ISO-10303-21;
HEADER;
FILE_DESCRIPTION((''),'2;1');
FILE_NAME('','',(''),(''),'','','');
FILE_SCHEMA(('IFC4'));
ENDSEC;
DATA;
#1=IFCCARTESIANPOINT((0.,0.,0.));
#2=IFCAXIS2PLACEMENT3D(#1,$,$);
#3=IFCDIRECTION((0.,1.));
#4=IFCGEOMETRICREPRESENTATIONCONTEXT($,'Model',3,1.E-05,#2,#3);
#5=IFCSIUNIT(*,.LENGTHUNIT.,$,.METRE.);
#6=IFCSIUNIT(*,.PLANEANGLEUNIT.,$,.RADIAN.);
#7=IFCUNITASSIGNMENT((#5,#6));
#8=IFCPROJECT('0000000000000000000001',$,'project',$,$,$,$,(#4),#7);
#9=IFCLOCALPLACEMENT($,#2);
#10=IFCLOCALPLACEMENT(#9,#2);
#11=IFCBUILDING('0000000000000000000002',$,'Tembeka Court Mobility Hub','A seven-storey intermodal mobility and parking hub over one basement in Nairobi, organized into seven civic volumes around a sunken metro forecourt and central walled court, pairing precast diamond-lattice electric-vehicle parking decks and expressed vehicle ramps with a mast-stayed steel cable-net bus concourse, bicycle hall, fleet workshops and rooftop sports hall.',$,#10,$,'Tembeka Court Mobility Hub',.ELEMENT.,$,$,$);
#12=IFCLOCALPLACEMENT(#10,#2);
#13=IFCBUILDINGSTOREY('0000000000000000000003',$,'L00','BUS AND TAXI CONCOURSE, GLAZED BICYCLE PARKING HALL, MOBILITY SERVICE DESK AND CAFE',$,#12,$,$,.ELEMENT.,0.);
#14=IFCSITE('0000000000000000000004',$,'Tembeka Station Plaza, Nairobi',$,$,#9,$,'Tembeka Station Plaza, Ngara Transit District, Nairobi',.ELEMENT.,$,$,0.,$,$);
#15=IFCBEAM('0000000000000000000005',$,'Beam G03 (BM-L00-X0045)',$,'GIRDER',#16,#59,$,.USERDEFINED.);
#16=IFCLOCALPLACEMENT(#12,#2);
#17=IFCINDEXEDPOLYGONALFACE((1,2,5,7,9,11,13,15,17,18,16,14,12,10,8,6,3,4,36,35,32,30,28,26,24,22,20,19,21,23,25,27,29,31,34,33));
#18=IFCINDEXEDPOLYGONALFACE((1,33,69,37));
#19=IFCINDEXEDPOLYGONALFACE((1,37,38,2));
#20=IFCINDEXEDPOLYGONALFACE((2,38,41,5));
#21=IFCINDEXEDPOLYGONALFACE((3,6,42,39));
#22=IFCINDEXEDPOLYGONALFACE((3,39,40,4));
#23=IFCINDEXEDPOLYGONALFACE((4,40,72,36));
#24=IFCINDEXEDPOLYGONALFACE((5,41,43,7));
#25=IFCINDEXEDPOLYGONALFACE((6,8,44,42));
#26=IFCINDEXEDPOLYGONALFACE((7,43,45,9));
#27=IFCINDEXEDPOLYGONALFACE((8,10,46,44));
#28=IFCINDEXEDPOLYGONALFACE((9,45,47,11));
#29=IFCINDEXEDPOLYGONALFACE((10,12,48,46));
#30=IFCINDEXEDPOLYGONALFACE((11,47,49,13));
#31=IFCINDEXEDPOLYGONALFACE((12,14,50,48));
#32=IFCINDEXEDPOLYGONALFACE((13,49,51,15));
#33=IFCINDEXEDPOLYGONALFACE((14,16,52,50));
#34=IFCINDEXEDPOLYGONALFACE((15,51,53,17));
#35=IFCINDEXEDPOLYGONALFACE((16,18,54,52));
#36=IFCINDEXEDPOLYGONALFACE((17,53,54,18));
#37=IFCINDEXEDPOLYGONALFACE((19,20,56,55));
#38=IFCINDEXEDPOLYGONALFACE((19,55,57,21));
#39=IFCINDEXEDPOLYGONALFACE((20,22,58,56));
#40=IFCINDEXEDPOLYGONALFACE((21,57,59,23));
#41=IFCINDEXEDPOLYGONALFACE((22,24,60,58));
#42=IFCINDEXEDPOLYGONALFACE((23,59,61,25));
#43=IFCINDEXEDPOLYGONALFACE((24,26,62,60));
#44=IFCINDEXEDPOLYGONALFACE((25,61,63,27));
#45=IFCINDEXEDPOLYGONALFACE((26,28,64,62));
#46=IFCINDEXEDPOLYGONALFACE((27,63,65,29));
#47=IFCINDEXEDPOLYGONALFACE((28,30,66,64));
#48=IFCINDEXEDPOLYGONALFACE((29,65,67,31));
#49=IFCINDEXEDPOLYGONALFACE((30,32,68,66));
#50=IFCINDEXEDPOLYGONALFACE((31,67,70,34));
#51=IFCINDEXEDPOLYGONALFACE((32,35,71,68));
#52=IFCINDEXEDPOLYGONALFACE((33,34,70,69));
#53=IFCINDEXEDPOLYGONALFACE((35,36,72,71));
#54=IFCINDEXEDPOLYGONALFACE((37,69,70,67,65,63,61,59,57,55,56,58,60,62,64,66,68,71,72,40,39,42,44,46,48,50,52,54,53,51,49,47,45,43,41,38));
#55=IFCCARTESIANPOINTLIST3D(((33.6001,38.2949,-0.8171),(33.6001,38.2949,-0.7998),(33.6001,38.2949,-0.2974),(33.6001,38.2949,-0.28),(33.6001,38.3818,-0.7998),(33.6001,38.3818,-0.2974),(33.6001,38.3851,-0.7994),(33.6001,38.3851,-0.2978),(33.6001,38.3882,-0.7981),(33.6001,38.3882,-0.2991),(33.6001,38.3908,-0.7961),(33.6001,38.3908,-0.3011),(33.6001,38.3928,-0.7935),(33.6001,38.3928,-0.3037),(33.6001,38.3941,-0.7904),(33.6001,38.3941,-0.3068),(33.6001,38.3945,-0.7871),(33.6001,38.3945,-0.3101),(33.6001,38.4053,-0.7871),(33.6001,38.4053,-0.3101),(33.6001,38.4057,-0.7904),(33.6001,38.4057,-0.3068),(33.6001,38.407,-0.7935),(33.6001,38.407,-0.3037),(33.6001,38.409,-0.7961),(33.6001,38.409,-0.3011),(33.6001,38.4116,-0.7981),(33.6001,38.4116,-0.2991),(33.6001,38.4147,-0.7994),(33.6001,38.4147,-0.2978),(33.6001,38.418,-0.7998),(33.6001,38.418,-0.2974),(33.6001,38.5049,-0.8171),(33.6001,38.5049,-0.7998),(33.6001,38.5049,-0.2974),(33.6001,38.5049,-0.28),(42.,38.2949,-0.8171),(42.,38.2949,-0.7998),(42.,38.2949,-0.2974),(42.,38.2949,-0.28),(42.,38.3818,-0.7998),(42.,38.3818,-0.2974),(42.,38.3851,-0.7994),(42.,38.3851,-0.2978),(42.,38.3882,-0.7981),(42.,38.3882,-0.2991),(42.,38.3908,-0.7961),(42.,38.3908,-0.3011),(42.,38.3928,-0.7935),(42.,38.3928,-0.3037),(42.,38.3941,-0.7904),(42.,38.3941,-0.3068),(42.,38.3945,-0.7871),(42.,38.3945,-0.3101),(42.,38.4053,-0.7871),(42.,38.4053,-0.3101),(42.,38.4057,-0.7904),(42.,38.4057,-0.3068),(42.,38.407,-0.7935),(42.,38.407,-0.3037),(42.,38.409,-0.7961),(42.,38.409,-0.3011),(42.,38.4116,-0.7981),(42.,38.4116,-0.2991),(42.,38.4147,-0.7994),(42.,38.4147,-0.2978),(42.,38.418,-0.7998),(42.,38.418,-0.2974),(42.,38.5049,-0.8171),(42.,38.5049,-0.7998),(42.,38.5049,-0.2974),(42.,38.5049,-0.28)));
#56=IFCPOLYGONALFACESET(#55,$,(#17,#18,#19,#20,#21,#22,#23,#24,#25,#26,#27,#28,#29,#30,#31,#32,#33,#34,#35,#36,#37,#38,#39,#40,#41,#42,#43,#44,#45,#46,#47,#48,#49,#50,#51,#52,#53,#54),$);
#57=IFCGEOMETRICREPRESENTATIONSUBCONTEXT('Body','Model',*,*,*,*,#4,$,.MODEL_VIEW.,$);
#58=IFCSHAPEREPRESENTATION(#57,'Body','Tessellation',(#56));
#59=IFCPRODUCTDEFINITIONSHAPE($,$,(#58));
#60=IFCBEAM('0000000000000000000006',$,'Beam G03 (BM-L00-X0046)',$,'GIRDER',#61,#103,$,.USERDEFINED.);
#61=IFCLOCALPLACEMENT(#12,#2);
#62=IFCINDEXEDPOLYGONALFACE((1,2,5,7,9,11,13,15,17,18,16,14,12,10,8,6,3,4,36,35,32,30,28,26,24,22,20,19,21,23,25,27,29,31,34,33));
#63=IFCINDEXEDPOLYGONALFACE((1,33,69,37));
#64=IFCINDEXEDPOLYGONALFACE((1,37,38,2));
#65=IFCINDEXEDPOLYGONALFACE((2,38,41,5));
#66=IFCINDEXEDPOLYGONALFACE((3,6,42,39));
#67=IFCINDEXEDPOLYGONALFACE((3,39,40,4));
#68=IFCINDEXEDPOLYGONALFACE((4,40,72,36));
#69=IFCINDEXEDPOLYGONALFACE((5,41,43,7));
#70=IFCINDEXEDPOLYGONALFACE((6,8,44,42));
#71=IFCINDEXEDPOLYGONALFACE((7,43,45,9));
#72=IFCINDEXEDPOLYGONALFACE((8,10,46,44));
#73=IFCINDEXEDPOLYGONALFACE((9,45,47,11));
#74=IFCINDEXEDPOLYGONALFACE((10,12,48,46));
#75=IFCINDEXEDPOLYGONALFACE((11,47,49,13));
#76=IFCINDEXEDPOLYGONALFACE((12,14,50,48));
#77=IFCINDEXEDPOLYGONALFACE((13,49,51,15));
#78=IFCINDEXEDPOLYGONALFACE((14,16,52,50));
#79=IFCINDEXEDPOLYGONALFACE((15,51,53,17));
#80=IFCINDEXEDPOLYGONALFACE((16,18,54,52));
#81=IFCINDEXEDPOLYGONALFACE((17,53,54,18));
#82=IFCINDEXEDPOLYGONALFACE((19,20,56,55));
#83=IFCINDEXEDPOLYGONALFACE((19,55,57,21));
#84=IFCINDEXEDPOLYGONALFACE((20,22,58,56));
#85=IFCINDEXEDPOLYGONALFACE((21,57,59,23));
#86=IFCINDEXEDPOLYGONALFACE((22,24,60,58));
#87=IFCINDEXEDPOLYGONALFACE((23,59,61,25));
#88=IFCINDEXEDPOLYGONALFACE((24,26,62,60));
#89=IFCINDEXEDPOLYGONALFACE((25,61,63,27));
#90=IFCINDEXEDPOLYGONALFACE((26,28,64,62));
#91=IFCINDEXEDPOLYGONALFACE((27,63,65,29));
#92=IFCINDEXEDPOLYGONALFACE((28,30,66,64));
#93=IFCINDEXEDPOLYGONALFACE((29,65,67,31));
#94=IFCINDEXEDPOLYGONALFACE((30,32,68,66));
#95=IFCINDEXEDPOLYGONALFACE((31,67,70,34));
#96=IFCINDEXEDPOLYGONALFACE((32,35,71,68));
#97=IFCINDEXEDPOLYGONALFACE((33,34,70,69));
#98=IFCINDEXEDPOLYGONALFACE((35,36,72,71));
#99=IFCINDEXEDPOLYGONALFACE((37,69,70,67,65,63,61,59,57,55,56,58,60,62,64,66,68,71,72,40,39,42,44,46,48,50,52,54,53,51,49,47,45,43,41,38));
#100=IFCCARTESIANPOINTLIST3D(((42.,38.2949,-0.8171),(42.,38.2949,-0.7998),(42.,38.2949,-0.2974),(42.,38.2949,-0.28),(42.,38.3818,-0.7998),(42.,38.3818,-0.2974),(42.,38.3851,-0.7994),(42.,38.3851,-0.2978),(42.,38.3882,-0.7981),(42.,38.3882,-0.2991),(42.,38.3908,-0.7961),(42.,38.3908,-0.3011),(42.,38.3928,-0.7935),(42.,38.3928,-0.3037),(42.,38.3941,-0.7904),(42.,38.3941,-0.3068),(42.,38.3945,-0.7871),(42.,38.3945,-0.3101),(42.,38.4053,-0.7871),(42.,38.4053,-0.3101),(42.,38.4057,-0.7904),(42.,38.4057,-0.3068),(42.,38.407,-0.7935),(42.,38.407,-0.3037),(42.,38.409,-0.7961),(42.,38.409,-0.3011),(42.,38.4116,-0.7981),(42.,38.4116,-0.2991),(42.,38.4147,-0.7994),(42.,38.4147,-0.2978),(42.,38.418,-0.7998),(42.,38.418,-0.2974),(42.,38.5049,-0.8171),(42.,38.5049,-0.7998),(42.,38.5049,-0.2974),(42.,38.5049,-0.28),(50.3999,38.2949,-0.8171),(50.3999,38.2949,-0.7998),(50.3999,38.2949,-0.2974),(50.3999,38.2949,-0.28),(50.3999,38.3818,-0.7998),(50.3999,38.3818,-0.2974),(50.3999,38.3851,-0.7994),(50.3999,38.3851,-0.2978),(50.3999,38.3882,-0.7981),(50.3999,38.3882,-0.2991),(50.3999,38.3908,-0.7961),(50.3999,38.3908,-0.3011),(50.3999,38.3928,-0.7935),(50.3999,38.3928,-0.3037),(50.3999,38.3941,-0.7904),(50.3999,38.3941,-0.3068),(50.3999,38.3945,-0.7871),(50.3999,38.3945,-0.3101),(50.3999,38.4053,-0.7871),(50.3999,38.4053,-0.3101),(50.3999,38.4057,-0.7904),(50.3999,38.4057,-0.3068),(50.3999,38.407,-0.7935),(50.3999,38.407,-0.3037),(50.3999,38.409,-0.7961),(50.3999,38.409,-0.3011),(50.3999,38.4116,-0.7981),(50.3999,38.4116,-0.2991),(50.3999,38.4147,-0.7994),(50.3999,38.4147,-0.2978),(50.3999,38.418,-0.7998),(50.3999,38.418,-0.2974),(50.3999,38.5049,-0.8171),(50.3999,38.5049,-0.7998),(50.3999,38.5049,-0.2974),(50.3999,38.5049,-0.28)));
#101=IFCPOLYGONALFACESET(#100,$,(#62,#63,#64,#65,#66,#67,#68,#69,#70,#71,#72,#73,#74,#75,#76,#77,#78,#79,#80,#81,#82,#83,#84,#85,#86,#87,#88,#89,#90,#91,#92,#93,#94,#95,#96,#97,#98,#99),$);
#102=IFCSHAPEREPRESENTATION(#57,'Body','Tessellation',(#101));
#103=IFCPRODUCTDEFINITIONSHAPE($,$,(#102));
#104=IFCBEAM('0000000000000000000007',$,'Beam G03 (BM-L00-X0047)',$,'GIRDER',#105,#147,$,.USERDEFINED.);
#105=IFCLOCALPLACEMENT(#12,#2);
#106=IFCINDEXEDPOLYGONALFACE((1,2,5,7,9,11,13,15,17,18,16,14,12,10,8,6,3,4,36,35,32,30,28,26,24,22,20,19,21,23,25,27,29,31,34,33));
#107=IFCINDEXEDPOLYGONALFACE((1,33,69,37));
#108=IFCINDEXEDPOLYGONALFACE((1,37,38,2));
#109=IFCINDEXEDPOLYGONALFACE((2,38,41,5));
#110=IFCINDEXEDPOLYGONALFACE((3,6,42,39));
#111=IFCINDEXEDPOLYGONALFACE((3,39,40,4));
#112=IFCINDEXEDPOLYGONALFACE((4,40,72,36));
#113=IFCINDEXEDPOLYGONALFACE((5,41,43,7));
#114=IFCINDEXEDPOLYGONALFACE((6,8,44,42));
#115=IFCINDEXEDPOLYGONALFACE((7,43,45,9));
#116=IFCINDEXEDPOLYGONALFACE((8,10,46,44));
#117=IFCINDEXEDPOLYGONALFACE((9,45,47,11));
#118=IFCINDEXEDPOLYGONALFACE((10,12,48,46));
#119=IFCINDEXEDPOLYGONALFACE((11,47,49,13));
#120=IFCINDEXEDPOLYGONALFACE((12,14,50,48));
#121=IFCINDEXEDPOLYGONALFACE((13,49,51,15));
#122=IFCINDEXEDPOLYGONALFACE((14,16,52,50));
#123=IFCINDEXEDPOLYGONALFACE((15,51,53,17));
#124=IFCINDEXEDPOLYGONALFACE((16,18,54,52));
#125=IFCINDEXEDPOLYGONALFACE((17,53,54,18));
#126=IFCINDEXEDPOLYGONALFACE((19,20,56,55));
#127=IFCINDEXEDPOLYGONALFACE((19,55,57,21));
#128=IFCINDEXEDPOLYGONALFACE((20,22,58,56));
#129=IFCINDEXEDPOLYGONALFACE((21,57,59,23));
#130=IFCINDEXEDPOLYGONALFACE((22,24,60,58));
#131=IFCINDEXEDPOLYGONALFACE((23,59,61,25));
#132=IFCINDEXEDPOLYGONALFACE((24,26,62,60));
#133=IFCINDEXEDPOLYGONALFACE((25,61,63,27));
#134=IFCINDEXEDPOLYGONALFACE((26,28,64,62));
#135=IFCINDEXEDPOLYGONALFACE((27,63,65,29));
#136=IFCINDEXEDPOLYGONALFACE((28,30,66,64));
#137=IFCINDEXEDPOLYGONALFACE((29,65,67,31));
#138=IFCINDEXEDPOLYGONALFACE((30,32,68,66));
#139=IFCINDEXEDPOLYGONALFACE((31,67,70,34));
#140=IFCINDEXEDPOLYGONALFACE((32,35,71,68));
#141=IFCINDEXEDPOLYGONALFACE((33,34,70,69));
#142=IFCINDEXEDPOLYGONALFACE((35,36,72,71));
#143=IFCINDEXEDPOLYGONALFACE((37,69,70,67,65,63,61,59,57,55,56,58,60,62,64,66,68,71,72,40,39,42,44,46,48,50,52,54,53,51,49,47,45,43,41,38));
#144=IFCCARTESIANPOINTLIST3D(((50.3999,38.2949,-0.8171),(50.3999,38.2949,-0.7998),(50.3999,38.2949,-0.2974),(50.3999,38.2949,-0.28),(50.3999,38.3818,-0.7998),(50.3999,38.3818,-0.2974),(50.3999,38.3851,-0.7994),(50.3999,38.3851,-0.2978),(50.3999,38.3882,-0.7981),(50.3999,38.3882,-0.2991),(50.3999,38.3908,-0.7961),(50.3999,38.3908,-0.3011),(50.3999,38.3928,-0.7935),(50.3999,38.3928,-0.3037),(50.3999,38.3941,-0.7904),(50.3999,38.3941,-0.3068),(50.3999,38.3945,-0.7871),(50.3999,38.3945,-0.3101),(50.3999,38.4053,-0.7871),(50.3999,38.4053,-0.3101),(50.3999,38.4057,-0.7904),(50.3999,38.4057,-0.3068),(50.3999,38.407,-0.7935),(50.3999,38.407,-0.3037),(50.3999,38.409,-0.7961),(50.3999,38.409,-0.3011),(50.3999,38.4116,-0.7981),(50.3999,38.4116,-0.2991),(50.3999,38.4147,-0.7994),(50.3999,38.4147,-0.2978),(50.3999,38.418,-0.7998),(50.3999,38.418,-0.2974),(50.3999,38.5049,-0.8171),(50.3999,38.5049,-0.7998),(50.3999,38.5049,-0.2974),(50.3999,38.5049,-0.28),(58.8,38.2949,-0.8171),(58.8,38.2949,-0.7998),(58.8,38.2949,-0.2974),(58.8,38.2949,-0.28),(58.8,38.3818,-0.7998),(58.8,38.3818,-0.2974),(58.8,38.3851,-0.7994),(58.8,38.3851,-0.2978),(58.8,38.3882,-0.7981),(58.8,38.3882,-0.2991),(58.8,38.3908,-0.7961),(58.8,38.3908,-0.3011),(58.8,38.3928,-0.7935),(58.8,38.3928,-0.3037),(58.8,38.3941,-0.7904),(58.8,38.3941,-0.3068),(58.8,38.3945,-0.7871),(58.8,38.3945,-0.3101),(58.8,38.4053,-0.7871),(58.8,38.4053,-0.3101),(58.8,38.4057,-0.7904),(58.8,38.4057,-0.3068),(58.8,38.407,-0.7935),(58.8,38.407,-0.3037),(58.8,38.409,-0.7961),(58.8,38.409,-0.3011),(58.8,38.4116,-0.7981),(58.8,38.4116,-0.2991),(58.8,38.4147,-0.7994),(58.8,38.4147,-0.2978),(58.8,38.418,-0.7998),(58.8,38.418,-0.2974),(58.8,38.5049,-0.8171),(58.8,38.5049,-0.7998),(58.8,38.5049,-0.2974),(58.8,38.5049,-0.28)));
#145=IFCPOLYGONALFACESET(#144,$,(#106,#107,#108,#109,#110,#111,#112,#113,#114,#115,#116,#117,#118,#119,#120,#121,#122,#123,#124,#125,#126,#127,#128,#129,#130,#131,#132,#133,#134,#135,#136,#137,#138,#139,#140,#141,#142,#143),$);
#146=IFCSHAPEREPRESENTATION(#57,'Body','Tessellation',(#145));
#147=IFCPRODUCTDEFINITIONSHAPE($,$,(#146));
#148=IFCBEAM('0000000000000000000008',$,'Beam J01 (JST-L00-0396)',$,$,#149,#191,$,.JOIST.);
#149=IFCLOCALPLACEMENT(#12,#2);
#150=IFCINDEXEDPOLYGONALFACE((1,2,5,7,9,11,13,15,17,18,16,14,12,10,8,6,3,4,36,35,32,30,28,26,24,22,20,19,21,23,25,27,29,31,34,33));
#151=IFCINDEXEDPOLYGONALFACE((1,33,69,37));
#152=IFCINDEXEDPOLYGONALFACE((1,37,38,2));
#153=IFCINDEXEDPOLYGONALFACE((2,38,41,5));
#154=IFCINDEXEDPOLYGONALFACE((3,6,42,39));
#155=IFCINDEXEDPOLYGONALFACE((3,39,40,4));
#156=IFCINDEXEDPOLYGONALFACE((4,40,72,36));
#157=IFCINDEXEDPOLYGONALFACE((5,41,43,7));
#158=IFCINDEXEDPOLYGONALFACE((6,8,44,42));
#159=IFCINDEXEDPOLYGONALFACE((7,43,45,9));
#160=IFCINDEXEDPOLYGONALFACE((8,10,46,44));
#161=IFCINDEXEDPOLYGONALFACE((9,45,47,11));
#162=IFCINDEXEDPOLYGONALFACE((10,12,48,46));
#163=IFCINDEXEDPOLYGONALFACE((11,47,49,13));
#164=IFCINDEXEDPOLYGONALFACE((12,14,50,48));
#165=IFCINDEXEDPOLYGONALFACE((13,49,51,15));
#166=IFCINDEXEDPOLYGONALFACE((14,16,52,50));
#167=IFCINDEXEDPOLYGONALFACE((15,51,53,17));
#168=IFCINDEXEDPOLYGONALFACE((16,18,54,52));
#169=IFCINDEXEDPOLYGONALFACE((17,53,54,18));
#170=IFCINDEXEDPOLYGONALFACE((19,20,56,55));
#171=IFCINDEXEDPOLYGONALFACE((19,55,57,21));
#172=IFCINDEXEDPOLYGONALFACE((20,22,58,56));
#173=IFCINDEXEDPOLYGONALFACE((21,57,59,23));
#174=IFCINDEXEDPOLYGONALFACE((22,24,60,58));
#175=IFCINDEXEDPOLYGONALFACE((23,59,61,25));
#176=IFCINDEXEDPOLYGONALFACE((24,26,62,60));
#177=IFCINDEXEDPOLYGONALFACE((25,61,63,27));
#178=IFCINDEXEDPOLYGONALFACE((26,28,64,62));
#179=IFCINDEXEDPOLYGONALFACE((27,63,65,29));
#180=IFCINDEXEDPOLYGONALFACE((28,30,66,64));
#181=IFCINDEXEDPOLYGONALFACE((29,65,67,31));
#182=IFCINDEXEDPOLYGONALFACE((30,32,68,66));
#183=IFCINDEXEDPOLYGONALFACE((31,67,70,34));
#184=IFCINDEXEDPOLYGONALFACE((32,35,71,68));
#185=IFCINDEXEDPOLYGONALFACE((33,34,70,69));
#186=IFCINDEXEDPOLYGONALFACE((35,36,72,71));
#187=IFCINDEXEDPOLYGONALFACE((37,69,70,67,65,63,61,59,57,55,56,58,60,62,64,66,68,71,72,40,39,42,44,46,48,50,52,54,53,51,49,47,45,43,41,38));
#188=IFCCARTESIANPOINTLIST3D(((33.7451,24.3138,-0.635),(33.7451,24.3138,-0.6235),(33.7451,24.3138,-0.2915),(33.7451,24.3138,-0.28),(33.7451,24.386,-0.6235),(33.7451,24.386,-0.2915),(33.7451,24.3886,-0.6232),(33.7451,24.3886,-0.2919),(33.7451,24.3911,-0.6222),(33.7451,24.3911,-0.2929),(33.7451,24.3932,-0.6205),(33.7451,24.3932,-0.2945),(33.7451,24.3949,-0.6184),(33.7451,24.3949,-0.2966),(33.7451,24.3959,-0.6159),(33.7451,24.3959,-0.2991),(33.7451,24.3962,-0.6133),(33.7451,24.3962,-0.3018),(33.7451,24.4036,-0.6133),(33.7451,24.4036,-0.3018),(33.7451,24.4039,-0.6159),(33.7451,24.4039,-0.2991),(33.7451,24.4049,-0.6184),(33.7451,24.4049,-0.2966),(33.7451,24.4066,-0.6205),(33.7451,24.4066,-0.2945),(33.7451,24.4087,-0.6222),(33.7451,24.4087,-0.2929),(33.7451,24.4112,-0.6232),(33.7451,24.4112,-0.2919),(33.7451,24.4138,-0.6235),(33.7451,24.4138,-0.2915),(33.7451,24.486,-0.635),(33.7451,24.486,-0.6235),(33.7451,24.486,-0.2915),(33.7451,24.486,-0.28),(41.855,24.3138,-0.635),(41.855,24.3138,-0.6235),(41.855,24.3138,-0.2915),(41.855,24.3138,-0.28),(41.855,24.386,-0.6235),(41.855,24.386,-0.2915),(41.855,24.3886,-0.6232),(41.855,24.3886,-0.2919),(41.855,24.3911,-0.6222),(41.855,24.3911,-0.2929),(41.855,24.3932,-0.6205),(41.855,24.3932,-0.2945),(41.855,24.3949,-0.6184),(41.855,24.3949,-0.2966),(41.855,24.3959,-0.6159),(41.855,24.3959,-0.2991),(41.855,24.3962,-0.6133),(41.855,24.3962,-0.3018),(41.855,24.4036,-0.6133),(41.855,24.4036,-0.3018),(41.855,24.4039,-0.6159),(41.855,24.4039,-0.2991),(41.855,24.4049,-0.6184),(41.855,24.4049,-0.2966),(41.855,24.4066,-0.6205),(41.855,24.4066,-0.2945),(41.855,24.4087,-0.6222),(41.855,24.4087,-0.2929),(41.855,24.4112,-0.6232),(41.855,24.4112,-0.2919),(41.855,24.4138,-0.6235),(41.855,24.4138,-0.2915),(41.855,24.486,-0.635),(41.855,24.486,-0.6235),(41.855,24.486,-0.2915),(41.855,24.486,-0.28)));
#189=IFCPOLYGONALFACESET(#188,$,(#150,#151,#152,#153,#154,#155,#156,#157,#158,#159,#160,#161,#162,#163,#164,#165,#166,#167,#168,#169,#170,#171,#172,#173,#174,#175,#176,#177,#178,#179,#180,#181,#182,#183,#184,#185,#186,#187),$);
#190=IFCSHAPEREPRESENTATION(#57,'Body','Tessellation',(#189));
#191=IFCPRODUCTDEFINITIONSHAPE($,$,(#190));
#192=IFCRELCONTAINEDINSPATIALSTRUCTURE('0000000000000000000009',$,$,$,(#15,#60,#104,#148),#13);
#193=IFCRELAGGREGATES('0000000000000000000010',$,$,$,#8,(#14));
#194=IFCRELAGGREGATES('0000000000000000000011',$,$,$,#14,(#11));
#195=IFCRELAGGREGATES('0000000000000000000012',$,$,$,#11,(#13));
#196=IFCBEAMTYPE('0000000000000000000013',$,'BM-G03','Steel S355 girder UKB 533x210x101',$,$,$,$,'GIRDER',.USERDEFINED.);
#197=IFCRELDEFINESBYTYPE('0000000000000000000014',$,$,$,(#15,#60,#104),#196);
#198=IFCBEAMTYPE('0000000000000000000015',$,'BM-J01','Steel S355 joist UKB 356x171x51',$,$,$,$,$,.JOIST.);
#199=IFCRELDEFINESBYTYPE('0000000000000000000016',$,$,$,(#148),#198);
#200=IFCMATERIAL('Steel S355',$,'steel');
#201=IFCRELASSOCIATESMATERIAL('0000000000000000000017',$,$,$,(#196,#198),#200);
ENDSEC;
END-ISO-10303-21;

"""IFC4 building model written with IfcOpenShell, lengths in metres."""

from ifc_helpers import new_model, si_unit, direction, frame, origin, origin_2d, place, context, subcontext, project, spatial, i_section, extrude, material, material_profile, profile_set, type_object, element, save


model = new_model("IFC4")

# Units and contexts
model_context = context("Model", 3, precision=1e-05, world=origin(), true_north=direction((0.0, 1.0)))
body_context = subcontext(model_context, "Body", "Model", "MODEL_VIEW")
ifc_project = project(units=[si_unit("LENGTHUNIT", "METRE"), si_unit("PLANEANGLEUNIT", "RADIAN")], contexts=[model_context])

# Site, building, storey
site_placement = place(None, origin())
site = spatial("IfcSite", under=ifc_project, at=site_placement, Name="Tembeka Station Plaza, Nairobi", LongName="Tembeka Station Plaza, Ngara Transit District, Nairobi", CompositionType="ELEMENT", RefElevation=0.0)
building_placement = place(site_placement, origin())
building = spatial("IfcBuilding", under=site, at=building_placement, Name="Tembeka Court Mobility Hub", Description="A seven-storey intermodal mobility and parking hub over one basement in Nairobi, organized into seven civic volumes around a sunken metro forecourt and central walled court, pairing precast diamond-lattice electric-vehicle parking decks and expressed vehicle ramps with a mast-stayed steel cable-net bus concourse, bicycle hall, fleet workshops and rooftop sports hall.", LongName="Tembeka Court Mobility Hub", CompositionType="ELEMENT")
storey_placement = place(building_placement, origin())
storey = spatial("IfcBuildingStorey", under=building, at=storey_placement, Name="L00", Description="BUS AND TAXI CONCOURSE, GLAZED BICYCLE PARKING HALL, MOBILITY SERVICE DESK AND CAFE", CompositionType="ELEMENT", Elevation=0.0)

# Shared definitions
ifc_material_1 = material(Name="Steel S355", Category="steel")

# Beams
ifc_material_profile_1 = material_profile(ifc_material_1, i_section(OverallWidth=0.21, OverallDepth=0.5371, WebThickness=0.0107, FlangeThickness=0.0173, FilletRadius=0.0127, at=origin_2d()), Name="UKB 533x210x101")
ifc_profile_set_1 = profile_set([ifc_material_profile_1], Name="Steel S355")
beam_type_1 = type_object("IfcBeamType", Name="BM-G03", Description="Steel S355 girder UKB 533x210x101", ElementType="GIRDER", PredefinedType="USERDEFINED", material=ifc_profile_set_1)
for number, where, z_axis, x_axis, name in (
    (1, (33.6001, 38.3999, -0.5486), (1.0, 0.0, 0.0), (0.0, 1.0, 0.0), "Beam G03 (BM-L00-X0045)"),
    (2, (42.0, 38.3999, -0.5486), (1.0, 0.0, 0.0), (0.0, 1.0, 0.0), "Beam G03 (BM-L00-X0046)"),
):
    element("IfcBeam", number, at=place(storey_placement, frame(where, z_axis=z_axis, x_axis=x_axis)), inside=storey, type_object=beam_type_1, Name=name, ObjectType="GIRDER", PredefinedType="USERDEFINED", context=body_context, shape_type="SweptSolid", body=[
        extrude(i_section(OverallWidth=0.21, OverallDepth=0.5371, WebThickness=0.0107, FlangeThickness=0.0173, FilletRadius=0.0127, at=origin_2d()), origin(), (0.0, 0.0, 1.0), 8.3999),
    ])
beam_1_placement = place(storey_placement, frame((50.3999, 38.3999, -0.5486), z_axis=(1.0, 0.0, 0.0), x_axis=(0.0, 1.0, 0.0)))
element("IfcBeam", 3, at=beam_1_placement, inside=storey, type_object=beam_type_1, Name="Beam G03 (BM-L00-X0047)", ObjectType="GIRDER", PredefinedType="USERDEFINED", context=body_context, shape_type="SweptSolid", body=[
    extrude(i_section(OverallWidth=0.21, OverallDepth=0.5371, WebThickness=0.0107, FlangeThickness=0.0173, FilletRadius=0.0127, at=origin_2d()), origin(), (0.0, 0.0, 1.0), 8.4001),
])
ifc_material_profile_2 = material_profile(ifc_material_1, i_section(OverallWidth=0.1721, OverallDepth=0.355, WebThickness=0.0073, FlangeThickness=0.0115, FilletRadius=0.0103, at=origin_2d()), Name="UKB 356x171x51")
ifc_profile_set_2 = profile_set([ifc_material_profile_2], Name="Steel S355")
beam_type_2 = type_object("IfcBeamType", Name="BM-J01", Description="Steel S355 joist UKB 356x171x51", PredefinedType="JOIST", material=ifc_profile_set_2)
for number, where, z_axis, x_axis, name in (
    (4, (33.7451, 24.3999, -0.4575), (1.0, 0.0, 0.0), (0.0, 1.0, 0.0), "Beam J01 (JST-L00-0396)"),
):
    element("IfcBeam", number, at=place(storey_placement, frame(where, z_axis=z_axis, x_axis=x_axis)), inside=storey, type_object=beam_type_2, Name=name, PredefinedType="JOIST", context=body_context, shape_type="SweptSolid", body=[
        extrude(i_section(OverallWidth=0.1721, OverallDepth=0.355, WebThickness=0.0073, FlangeThickness=0.0115, FilletRadius=0.0103, at=origin_2d()), origin(), (0.0, 0.0, 1.0), 8.1099),
    ])

save(model, "model.ifc")
